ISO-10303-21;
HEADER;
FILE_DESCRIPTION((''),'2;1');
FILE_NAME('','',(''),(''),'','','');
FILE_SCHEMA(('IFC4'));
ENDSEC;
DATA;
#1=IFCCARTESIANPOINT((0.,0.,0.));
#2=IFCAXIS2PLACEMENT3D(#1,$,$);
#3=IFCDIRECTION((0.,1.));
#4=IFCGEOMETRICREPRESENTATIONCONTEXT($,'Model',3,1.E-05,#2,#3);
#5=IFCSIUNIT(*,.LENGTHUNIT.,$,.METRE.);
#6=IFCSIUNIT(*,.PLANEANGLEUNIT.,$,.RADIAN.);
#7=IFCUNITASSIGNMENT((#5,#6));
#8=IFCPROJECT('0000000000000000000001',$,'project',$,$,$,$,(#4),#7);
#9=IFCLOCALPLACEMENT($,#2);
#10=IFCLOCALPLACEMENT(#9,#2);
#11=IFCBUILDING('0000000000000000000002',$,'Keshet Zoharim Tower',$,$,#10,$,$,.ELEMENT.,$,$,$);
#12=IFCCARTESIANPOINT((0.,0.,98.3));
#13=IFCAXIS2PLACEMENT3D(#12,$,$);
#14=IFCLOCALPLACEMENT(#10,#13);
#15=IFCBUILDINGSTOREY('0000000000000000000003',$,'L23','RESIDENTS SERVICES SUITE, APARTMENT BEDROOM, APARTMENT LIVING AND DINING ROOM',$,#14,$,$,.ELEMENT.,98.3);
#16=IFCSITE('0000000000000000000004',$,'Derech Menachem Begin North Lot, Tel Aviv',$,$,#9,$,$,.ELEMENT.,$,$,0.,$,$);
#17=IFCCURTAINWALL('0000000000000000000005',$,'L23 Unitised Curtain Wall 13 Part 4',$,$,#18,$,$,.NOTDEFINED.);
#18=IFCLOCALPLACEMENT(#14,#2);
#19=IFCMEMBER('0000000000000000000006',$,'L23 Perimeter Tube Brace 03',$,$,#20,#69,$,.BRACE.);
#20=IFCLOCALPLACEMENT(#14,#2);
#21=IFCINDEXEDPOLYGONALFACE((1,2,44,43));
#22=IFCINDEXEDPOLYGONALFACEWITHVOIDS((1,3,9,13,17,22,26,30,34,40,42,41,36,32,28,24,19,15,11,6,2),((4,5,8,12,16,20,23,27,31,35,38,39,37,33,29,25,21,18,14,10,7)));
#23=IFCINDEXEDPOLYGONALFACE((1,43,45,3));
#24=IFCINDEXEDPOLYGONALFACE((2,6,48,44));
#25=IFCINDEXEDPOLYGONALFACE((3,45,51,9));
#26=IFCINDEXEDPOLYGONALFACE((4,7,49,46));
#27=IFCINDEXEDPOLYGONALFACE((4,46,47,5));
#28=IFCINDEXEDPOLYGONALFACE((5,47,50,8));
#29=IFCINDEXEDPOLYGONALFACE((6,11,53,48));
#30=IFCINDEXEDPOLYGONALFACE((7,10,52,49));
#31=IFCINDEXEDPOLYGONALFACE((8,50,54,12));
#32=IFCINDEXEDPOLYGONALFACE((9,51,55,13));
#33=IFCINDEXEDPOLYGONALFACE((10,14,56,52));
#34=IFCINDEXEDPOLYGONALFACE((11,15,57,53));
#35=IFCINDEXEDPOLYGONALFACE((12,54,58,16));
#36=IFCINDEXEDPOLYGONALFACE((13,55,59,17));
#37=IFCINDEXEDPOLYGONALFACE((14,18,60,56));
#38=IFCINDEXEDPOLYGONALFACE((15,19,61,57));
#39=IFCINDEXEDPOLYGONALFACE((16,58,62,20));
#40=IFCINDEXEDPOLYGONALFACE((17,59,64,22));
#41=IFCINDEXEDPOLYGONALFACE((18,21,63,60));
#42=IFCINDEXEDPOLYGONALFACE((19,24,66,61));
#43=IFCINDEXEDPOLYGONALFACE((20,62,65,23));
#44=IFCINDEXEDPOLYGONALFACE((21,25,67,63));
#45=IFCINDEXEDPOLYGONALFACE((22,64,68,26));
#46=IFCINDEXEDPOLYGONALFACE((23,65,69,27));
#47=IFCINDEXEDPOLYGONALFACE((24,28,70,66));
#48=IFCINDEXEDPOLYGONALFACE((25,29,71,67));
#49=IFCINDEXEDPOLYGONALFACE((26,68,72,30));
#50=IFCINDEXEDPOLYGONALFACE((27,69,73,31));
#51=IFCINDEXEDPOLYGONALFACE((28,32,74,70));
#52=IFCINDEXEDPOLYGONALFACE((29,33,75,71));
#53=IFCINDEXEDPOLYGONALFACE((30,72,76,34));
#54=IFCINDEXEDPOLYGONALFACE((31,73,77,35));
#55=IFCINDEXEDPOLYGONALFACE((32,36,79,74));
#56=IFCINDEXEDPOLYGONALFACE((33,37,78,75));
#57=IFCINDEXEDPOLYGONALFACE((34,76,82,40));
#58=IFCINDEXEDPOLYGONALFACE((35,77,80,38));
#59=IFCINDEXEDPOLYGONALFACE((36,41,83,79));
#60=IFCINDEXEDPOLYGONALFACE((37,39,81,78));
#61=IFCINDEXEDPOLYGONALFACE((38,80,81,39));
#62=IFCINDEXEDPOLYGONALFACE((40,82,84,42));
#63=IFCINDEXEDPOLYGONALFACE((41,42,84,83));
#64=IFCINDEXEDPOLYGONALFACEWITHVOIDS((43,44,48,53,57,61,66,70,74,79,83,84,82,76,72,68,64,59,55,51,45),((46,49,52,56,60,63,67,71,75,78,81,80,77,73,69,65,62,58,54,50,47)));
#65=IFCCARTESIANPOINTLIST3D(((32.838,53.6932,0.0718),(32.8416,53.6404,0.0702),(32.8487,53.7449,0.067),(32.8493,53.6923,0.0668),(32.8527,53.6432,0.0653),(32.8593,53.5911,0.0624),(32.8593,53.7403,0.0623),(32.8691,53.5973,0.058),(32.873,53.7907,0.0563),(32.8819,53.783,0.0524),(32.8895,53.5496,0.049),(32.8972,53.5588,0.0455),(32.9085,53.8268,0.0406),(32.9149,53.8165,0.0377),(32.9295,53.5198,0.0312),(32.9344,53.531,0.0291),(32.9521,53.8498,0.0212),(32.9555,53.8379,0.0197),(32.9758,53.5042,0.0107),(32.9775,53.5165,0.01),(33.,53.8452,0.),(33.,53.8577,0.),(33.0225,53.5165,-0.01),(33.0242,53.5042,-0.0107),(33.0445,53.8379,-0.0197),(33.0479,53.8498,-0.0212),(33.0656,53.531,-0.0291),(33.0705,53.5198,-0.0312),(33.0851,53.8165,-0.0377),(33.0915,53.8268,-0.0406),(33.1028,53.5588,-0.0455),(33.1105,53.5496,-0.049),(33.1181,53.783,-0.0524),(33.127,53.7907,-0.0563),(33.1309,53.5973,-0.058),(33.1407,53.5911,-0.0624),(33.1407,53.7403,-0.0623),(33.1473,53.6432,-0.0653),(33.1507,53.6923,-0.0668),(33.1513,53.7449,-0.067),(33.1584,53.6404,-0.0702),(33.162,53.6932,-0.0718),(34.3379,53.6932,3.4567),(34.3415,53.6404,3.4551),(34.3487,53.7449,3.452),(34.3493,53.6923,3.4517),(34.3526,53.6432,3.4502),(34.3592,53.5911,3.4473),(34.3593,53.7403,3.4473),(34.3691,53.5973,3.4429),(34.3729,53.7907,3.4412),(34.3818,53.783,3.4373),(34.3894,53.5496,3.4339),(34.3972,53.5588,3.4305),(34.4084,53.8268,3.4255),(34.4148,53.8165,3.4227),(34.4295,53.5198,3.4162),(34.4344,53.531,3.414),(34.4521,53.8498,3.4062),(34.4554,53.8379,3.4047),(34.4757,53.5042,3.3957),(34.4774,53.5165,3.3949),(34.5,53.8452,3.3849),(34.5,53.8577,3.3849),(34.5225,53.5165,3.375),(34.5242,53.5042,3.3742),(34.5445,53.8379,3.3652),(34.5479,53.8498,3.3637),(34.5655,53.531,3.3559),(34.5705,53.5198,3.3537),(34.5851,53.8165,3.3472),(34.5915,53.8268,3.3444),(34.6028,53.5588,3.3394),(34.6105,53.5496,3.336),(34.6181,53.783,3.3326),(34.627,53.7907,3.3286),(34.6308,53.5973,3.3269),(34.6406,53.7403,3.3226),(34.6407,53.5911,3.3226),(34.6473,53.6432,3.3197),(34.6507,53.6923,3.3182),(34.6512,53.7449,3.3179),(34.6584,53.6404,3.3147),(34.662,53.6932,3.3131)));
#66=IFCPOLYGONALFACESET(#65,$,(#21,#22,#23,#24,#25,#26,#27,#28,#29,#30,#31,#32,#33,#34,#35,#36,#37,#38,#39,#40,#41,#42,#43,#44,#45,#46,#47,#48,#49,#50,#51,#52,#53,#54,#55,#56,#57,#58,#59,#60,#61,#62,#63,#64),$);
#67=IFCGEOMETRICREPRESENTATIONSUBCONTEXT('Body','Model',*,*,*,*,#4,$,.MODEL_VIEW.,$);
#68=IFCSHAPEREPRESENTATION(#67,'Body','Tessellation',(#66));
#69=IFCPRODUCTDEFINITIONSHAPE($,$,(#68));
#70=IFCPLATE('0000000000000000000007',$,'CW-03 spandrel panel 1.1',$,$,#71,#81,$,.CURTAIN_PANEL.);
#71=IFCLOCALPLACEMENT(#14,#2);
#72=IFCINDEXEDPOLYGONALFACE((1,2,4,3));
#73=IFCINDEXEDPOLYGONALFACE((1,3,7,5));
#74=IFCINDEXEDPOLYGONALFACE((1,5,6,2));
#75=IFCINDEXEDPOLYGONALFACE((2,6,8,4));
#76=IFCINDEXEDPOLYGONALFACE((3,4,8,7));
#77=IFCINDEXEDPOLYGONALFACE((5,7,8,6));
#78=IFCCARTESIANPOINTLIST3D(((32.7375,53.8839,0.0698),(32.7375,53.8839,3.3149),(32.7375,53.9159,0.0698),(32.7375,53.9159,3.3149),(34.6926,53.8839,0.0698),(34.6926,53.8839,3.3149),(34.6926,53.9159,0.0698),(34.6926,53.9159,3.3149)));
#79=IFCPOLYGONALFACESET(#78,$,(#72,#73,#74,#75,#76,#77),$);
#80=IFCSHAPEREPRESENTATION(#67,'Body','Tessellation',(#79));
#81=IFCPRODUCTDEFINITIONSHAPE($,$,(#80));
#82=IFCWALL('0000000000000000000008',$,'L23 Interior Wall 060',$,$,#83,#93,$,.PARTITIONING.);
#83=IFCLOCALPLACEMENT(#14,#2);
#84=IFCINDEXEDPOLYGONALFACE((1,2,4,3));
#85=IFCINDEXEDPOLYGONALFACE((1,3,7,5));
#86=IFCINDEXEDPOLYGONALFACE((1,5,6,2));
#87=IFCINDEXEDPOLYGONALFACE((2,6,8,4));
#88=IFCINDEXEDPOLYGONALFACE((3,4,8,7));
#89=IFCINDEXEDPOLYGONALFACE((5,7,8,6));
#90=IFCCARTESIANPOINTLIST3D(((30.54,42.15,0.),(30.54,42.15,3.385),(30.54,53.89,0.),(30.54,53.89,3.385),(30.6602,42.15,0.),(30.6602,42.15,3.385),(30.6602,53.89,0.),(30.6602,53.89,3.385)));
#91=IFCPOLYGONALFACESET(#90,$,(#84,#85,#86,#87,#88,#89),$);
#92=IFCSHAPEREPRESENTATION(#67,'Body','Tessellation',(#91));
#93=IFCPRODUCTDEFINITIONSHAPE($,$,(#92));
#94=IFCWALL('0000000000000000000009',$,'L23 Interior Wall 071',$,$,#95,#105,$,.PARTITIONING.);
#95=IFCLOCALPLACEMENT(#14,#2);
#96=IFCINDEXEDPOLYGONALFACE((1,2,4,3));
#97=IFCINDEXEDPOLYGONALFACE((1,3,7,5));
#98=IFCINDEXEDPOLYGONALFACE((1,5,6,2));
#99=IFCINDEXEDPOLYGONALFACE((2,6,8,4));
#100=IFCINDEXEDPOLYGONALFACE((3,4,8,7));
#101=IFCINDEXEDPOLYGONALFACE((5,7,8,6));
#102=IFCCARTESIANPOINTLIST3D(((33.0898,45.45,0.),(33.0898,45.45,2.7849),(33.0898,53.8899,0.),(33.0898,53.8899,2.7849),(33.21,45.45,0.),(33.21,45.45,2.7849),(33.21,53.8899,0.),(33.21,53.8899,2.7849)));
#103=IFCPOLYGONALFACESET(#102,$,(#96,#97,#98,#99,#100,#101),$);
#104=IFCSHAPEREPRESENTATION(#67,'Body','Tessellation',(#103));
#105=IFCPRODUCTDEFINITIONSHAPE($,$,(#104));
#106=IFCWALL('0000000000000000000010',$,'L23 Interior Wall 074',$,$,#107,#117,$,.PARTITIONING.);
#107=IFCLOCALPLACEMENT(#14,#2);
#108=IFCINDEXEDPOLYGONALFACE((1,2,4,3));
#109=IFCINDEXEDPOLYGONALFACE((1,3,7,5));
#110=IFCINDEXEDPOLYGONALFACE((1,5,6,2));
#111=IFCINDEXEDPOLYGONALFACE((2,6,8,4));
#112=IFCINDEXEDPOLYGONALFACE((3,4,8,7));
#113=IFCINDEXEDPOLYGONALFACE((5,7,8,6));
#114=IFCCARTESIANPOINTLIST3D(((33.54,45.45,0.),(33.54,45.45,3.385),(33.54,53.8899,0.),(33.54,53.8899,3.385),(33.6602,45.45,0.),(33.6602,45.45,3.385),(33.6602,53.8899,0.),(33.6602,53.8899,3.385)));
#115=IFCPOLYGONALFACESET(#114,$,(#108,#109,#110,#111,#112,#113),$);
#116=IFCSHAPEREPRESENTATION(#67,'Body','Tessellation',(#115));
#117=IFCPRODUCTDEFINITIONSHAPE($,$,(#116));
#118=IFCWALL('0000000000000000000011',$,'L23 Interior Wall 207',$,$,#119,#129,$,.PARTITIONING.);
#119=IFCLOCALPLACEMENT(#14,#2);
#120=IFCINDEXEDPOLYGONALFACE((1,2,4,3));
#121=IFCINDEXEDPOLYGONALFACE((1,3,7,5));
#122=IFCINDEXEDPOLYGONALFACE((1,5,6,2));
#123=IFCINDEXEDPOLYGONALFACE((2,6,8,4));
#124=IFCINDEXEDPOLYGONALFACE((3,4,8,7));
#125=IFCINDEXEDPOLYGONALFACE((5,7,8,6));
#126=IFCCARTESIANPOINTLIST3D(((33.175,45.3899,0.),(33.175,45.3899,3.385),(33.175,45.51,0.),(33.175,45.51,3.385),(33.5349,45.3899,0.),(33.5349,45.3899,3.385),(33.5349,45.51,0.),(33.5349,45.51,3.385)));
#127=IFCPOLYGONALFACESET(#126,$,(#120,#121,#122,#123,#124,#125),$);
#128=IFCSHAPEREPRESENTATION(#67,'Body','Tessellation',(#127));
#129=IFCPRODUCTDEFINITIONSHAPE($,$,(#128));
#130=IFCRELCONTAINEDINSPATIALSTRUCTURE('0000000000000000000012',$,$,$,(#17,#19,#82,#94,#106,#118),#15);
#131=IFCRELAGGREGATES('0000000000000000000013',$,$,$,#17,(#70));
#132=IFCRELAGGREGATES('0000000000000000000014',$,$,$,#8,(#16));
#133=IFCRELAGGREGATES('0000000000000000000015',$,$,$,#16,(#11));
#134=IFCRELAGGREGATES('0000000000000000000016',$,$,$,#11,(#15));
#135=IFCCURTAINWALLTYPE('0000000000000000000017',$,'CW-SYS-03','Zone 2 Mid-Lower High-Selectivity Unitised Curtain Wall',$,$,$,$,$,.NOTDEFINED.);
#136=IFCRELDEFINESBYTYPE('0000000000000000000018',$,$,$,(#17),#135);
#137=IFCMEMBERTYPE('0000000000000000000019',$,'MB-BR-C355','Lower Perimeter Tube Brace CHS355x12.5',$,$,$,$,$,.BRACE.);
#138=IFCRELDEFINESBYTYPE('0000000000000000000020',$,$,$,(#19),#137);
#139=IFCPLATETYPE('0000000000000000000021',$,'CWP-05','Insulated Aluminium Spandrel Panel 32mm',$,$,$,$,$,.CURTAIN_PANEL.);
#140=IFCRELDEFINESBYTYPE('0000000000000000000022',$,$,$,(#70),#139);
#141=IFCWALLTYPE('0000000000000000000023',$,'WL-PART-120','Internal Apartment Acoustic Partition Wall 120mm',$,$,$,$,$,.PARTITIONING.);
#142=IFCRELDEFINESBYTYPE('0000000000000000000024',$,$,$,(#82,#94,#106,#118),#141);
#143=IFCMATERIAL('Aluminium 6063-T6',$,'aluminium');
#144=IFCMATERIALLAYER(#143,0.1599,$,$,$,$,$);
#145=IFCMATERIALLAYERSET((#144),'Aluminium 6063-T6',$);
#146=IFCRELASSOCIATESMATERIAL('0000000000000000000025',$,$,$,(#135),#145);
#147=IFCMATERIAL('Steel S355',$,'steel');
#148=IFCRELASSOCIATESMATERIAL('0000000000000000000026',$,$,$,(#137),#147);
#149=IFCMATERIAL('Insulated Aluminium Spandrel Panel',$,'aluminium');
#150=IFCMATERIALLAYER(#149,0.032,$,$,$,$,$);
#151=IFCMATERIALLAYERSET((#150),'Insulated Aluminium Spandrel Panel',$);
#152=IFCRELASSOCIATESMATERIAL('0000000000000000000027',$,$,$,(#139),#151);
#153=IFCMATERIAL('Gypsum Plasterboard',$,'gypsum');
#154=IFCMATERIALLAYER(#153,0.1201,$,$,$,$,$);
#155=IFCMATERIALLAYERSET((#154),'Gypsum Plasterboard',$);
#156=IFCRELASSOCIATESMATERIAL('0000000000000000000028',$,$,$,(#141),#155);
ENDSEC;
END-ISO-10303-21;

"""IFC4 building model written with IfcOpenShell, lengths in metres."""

from ifc_helpers import new_model, si_unit, direction, frame, frame_2d, origin, origin_2d, place, context, subcontext, project, spatial, rectangle, hollow_circle, extrude, material, layer, layer_set, material_profile, profile_set, type_object, element, aggregate, save


model = new_model("IFC4")

# Units and contexts
model_context = context("Model", 3, precision=1e-05, world=origin(), true_north=direction((0.0, 1.0)))
body_context = subcontext(model_context, "Body", "Model", "MODEL_VIEW")
ifc_project = project(units=[si_unit("LENGTHUNIT", "METRE"), si_unit("PLANEANGLEUNIT", "RADIAN")], contexts=[model_context])

# Site, building, storey
site_placement = place(None, origin())
site = spatial("IfcSite", under=ifc_project, at=site_placement, Name="Derech Menachem Begin North Lot, Tel Aviv", CompositionType="ELEMENT", RefElevation=0.0)
building_placement = place(site_placement, origin())
building = spatial("IfcBuilding", under=site, at=building_placement, Name="Keshet Zoharim Tower", CompositionType="ELEMENT")
storey_placement = place(building_placement, frame((0.0, 0.0, 98.3)))
storey = spatial("IfcBuildingStorey", under=building, at=storey_placement, Name="L23", Description="RESIDENTS SERVICES SUITE, APARTMENT BEDROOM, APARTMENT LIVING AND DINING ROOM", CompositionType="ELEMENT", Elevation=98.3)

# Shared definitions
ifc_material_1 = material(Name="Steel S355", Category="steel")

# Shared definitions
ifc_material_2 = material(Name="Aluminium 6063-T6", Category="aluminium")
ifc_layer_1 = layer(ifc_material_2, 0.1599)
ifc_layer_set_1 = layer_set([ifc_layer_1], Name="Aluminium 6063-T6")
curtain_wall_type = type_object("IfcCurtainWallType", Name="CW-SYS-03", Description="Zone 2 Mid-Lower High-Selectivity Unitised Curtain Wall", PredefinedType="NOTDEFINED", material=ifc_layer_set_1)

# Curtain wall
curtain_wall_1_placement = place(storey_placement, origin())
curtain_wall_1 = element("IfcCurtainWall", 1, at=curtain_wall_1_placement, inside=storey, type_object=curtain_wall_type, Name="L23 Unitised Curtain Wall 13 Part 4", PredefinedType="NOTDEFINED")

# Member
ifc_material_profile_1 = material_profile(ifc_material_1, hollow_circle(Radius=0.1777, WallThickness=0.0125, at=origin_2d()), Name="CHS355x12.5")
ifc_profile_set_1 = profile_set([ifc_material_profile_1], Name="Steel S355")
member_type_1 = type_object("IfcMemberType", Name="MB-BR-C355", Description="Lower Perimeter Tube Brace CHS355x12.5", PredefinedType="BRACE", material=ifc_profile_set_1)
member_1_placement = place(storey_placement, frame((33.0, 53.6799, 0.0), z_axis=(0.405135, 0.0, 0.914257), x_axis=(0.0, 1.0, 0.0)))
element("IfcMember", 2, at=member_1_placement, inside=storey, type_object=member_type_1, Name="L23 Perimeter Tube Brace 03", PredefinedType="BRACE", context=body_context, shape_type="SweptSolid", body=[
    extrude(hollow_circle(Radius=0.1777, WallThickness=0.0125, at=origin_2d()), origin(), (0.0, 0.0, 1.0), 3.7024),
])

# Plate
ifc_material_3 = material(Name="Insulated Aluminium Spandrel Panel", Category="aluminium")
ifc_layer_2 = layer(ifc_material_3, 0.032)
ifc_layer_set_2 = layer_set([ifc_layer_2], Name="Insulated Aluminium Spandrel Panel")
plate_type = type_object("IfcPlateType", Name="CWP-05", Description="Insulated Aluminium Spandrel Panel 32mm", PredefinedType="CURTAIN_PANEL", material=ifc_layer_set_2)
plate_placement = place(storey_placement, frame((33.7151, 53.8999, 0.0698), z_axis=(0.0, 0.0, 1.0), x_axis=(1.0, 0.0, 0.0)))
plate = element("IfcPlate", 3, at=plate_placement, type_object=plate_type, Name="CW-03 spandrel panel 1.1", PredefinedType="CURTAIN_PANEL", context=body_context, shape_type="SweptSolid", body=[
    extrude(rectangle(XDim=1.9551, YDim=0.032, at=origin_2d()), origin(), (0.0, 0.0, 1.0), 3.2451),
])
aggregate(curtain_wall_1, [plate])

# Walls
ifc_material_4 = material(Name="Gypsum Plasterboard", Category="gypsum")
ifc_layer_3 = layer(ifc_material_4, 0.1201)
ifc_layer_set_3 = layer_set([ifc_layer_3], Name="Gypsum Plasterboard")
wall_type_1 = type_object("IfcWallType", Name="WL-PART-120", Description="Internal Apartment Acoustic Partition Wall 120mm", PredefinedType="PARTITIONING", material=ifc_layer_set_3)
wall_1_placement = place(storey_placement, frame((30.6001, 42.1499, 0.0), z_axis=(0.0, 0.0, 1.0), x_axis=(0.0, 1.0, 0.0)))
element("IfcWall", 4, at=wall_1_placement, inside=storey, type_object=wall_type_1, Name="L23 Interior Wall 060", PredefinedType="PARTITIONING", context=body_context, shape_type="SweptSolid", body=[
    extrude(rectangle(XDim=11.74, YDim=0.1201, at=frame_2d((5.8701, 0.0))), origin(), (0.0, 0.0, 1.0), 3.385),
])
wall_2_placement = place(storey_placement, frame((33.1499, 45.45, 0.0), z_axis=(0.0, 0.0, 1.0), x_axis=(0.0, 1.0, 0.0)))
element("IfcWall", 5, at=wall_2_placement, inside=storey, type_object=wall_type_1, Name="L23 Interior Wall 071", PredefinedType="PARTITIONING", context=body_context, shape_type="SweptSolid", body=[
    extrude(rectangle(XDim=8.4399, YDim=0.1201, at=frame_2d((4.22, 0.0))), origin(), (0.0, 0.0, 1.0), 2.7849),
])
wall_3_placement = place(storey_placement, frame((33.6001, 45.45, 0.0), z_axis=(0.0, 0.0, 1.0), x_axis=(0.0, 1.0, 0.0)))
element("IfcWall", 6, at=wall_3_placement, inside=storey, type_object=wall_type_1, Name="L23 Interior Wall 074", PredefinedType="PARTITIONING", context=body_context, shape_type="SweptSolid", body=[
    extrude(rectangle(XDim=8.4399, YDim=0.1201, at=frame_2d((4.22, 0.0))), origin(), (0.0, 0.0, 1.0), 3.385),
])

# Wall
wall_4_placement = place(storey_placement, frame((33.175, 45.45, 0.0), z_axis=(0.0, 0.0, 1.0), x_axis=(1.0, 0.0, 0.0)))
element("IfcWall", 7, at=wall_4_placement, inside=storey, type_object=wall_type_1, Name="L23 Interior Wall 207", PredefinedType="PARTITIONING", context=body_context, shape_type="SweptSolid", body=[
    extrude(rectangle(XDim=0.3599, YDim=0.1201, at=frame_2d((0.1799, 0.0))), origin(), (0.0, 0.0, 1.0), 3.385),
])

save(model, "model.ifc")
